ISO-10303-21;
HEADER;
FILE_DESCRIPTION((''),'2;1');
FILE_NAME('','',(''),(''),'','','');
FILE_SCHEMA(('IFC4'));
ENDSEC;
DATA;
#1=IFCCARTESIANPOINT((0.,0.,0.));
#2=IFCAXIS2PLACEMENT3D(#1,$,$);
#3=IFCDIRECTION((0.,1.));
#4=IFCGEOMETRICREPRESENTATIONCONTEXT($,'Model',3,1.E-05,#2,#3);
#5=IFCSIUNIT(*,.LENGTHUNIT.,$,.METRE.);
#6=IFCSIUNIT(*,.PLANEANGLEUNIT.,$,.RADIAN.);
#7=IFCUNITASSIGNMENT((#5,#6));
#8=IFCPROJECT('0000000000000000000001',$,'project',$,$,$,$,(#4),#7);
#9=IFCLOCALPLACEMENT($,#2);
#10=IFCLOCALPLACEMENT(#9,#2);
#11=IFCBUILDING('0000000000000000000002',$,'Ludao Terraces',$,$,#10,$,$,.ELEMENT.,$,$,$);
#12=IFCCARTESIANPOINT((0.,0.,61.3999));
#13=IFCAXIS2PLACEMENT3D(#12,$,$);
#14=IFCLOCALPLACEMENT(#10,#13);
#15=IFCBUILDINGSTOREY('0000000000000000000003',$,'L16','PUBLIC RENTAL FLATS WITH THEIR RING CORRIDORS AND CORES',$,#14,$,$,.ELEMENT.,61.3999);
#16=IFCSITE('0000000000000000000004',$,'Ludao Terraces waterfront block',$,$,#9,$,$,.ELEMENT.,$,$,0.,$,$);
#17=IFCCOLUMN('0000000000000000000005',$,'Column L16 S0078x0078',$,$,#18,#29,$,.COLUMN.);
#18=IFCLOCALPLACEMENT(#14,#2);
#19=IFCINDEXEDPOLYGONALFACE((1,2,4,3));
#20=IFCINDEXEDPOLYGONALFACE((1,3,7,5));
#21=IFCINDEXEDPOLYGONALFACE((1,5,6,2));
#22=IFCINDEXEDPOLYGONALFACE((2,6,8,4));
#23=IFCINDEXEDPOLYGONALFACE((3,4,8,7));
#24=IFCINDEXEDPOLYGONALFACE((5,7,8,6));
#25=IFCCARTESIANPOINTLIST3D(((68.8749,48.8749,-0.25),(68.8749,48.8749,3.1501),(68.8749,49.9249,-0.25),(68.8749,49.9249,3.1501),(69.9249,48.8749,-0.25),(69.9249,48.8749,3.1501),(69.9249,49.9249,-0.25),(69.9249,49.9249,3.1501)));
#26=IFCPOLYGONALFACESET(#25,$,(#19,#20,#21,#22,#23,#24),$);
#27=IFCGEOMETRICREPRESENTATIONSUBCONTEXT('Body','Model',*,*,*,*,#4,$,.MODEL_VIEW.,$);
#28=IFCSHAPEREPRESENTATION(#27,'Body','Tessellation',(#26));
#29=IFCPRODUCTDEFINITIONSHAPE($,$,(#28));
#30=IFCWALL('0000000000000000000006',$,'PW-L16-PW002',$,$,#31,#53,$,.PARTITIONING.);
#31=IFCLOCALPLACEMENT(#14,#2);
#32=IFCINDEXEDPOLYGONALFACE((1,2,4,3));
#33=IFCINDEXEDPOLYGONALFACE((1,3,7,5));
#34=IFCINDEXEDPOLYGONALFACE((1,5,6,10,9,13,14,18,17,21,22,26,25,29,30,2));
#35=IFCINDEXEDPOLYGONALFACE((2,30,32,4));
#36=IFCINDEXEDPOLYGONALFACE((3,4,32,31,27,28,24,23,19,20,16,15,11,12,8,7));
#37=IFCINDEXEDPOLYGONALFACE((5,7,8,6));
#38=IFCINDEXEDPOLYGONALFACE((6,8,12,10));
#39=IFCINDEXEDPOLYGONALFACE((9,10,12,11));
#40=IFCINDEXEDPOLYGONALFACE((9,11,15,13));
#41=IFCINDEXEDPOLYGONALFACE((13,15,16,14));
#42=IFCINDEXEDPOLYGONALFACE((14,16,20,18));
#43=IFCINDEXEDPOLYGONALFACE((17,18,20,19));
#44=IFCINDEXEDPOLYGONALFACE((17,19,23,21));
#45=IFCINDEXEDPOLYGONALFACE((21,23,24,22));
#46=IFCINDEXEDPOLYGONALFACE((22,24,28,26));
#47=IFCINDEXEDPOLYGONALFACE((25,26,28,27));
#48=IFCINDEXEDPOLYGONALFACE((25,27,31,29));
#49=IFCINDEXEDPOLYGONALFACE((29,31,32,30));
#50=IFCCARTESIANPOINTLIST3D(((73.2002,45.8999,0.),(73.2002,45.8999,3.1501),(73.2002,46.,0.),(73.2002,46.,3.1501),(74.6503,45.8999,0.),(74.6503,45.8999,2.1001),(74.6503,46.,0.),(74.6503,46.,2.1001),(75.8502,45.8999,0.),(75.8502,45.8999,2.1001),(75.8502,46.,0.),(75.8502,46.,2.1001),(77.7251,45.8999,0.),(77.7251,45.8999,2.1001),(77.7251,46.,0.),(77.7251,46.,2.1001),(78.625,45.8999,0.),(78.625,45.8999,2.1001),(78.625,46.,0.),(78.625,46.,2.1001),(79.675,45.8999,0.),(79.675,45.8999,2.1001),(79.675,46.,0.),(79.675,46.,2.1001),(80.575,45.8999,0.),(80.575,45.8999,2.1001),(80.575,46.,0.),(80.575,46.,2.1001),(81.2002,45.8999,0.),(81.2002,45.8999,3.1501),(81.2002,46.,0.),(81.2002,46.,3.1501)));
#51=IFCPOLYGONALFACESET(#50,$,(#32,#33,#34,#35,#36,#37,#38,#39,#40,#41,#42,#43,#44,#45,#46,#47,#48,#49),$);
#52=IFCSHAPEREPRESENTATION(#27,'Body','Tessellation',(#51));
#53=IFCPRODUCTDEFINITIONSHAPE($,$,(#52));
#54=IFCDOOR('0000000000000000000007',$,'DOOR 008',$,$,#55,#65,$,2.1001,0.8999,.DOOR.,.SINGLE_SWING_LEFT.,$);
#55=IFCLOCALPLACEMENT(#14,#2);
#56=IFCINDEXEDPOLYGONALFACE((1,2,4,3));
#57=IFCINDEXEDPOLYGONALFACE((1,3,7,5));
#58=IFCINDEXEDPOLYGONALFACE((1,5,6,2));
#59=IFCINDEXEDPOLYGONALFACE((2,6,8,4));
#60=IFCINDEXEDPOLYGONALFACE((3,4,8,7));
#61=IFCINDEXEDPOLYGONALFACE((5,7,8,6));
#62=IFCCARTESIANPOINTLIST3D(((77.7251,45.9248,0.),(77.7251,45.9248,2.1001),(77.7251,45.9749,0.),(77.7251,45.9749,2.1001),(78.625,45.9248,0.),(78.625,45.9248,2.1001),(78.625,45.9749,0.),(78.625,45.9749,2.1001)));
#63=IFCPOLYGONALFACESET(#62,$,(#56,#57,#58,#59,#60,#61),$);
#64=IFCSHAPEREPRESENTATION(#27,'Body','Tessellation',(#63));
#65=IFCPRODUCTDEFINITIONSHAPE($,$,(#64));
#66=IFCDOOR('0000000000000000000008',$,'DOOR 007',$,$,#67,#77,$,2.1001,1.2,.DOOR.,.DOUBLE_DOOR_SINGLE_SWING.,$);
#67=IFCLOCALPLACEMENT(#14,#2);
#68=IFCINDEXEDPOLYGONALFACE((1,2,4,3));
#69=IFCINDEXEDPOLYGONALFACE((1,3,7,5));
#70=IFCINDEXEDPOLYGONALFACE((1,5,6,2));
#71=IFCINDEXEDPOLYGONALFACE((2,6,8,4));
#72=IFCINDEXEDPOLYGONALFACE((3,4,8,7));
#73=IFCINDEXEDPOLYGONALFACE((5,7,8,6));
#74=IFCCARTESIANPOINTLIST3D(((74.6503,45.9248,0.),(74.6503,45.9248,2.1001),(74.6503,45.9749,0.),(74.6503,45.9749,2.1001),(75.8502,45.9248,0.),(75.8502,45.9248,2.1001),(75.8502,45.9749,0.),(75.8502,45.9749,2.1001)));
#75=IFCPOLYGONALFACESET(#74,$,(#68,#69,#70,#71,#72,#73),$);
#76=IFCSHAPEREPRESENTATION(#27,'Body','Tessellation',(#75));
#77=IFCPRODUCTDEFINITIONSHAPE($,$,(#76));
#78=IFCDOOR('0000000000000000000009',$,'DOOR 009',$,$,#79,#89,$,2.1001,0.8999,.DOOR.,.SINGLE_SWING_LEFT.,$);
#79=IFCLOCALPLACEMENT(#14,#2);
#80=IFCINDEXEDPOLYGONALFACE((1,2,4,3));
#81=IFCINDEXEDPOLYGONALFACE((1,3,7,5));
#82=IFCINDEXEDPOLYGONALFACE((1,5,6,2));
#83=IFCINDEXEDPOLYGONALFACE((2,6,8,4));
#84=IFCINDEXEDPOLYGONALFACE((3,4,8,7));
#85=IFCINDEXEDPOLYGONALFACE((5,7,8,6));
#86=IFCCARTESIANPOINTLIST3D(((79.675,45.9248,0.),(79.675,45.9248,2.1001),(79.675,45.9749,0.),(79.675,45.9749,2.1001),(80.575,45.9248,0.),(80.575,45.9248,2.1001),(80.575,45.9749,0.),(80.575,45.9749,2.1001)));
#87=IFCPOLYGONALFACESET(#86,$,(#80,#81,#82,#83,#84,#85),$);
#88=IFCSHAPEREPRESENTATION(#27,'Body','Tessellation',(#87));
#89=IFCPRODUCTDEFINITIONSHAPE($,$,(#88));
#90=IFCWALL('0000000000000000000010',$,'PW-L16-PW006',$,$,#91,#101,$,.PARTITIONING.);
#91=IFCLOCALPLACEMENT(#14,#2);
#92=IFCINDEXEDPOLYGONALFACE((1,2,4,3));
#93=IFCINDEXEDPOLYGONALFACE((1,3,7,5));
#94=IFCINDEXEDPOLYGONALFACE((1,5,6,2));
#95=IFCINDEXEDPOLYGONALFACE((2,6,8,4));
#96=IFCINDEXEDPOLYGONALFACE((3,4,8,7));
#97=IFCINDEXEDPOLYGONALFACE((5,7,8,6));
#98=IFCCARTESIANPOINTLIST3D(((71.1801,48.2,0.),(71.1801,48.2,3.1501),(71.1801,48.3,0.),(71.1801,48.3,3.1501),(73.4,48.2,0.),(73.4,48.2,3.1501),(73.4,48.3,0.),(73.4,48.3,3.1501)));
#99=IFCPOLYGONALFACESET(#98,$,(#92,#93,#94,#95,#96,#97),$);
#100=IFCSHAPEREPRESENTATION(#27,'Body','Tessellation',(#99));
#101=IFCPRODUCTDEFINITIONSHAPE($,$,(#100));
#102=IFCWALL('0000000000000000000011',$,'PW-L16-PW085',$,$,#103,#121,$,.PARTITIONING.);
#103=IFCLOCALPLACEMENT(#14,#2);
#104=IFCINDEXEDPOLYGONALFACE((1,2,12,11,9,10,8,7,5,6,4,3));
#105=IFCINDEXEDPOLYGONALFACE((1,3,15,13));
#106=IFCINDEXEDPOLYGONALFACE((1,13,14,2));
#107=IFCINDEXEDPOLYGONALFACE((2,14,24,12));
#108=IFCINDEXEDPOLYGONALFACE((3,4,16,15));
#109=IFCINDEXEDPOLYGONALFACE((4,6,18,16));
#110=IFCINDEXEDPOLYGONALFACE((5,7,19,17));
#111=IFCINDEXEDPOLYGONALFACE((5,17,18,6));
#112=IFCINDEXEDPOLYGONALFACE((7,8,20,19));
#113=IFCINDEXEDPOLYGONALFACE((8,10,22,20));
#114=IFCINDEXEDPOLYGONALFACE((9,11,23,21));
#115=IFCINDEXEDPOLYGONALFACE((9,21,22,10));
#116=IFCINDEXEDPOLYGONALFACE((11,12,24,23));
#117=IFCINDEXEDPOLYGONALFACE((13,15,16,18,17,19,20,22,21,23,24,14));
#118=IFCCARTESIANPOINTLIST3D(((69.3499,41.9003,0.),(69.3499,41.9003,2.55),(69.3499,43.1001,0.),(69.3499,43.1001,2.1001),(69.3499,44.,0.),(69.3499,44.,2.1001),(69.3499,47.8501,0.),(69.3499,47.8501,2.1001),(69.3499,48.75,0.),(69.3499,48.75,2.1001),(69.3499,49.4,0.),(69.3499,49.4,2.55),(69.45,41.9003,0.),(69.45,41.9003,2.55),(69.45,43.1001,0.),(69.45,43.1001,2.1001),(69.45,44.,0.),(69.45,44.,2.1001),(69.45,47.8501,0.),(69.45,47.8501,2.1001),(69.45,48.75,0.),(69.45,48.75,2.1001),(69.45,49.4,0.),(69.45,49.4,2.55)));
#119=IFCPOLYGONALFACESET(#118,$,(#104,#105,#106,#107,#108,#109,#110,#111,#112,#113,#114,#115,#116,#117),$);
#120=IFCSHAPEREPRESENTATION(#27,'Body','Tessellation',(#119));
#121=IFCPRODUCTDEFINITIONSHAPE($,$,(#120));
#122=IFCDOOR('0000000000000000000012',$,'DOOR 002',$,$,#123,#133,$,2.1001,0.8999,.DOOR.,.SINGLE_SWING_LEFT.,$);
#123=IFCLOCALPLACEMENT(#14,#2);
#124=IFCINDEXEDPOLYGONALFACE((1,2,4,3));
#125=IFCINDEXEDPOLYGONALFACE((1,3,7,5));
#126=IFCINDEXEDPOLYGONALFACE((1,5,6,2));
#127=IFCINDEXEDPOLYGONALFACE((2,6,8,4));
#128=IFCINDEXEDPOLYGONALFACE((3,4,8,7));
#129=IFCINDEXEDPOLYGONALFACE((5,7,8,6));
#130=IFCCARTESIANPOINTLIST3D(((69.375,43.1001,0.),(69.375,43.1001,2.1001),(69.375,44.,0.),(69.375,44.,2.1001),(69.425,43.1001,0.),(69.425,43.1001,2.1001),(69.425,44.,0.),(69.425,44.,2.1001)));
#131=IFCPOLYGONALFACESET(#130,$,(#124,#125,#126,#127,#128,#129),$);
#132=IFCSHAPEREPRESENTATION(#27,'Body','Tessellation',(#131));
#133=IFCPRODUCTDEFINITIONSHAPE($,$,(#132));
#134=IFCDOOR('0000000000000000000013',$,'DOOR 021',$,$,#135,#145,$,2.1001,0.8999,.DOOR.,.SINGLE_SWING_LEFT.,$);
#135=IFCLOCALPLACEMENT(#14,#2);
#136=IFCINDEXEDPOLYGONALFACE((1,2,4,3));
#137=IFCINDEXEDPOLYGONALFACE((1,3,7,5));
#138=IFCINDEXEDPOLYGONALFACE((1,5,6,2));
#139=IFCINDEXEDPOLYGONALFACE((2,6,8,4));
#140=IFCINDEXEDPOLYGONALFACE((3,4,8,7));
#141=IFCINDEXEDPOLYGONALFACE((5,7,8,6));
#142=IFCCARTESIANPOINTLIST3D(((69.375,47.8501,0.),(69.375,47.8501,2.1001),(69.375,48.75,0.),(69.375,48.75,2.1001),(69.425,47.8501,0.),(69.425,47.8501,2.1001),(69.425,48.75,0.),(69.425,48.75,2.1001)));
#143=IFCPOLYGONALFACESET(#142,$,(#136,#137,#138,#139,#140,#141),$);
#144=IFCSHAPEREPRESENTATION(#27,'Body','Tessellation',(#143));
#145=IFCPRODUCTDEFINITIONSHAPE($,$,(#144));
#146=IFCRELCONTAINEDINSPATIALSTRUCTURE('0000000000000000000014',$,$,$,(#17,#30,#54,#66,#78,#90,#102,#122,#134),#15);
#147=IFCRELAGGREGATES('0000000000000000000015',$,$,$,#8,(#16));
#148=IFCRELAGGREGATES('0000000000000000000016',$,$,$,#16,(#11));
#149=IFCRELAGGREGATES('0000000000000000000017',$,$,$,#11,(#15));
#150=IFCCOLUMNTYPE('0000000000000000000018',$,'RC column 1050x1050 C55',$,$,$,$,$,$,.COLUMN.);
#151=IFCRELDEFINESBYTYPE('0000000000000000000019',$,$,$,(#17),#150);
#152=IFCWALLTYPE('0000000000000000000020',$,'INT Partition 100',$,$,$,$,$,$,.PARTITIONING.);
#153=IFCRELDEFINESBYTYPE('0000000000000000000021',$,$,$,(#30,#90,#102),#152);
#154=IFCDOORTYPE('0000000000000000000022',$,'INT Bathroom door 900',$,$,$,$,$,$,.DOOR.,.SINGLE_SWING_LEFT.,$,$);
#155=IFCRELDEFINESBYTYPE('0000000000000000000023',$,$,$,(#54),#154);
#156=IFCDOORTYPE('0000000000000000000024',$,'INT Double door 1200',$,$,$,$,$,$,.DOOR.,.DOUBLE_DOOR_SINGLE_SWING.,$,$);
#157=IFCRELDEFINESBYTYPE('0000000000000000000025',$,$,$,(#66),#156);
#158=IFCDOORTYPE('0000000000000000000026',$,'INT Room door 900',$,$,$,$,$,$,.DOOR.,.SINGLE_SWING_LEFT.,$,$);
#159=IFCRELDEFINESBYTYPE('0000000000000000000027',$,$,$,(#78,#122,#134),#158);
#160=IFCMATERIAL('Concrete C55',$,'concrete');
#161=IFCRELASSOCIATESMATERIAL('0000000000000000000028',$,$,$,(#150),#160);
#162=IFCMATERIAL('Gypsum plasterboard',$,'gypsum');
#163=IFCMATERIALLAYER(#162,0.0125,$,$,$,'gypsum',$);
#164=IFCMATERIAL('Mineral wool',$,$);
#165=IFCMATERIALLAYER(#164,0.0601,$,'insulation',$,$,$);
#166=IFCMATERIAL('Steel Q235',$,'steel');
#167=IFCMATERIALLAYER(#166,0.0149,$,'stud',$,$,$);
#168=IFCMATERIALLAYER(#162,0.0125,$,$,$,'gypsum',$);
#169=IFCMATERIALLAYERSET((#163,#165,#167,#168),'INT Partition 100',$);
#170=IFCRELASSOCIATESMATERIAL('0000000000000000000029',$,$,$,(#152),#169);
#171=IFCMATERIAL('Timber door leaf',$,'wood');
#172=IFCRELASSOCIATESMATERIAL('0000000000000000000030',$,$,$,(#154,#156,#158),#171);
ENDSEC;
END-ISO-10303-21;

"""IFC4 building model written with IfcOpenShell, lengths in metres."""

from ifc_helpers import new_model, si_unit, direction, frame, frame_2d, origin, origin_2d, place, context, subcontext, project, spatial, rectangle, extrude, material, layer, layer_set, material_profile, profile_set, type_object, element, fill, save


model = new_model("IFC4")

# Units and contexts
model_context = context("Model", 3, precision=1e-05, world=origin(), true_north=direction((0.0, 1.0)))
body_context = subcontext(model_context, "Body", "Model", "MODEL_VIEW")
ifc_project = project(units=[si_unit("LENGTHUNIT", "METRE"), si_unit("PLANEANGLEUNIT", "RADIAN")], contexts=[model_context])

# Site, building, storey
site_placement = place(None, origin())
site = spatial("IfcSite", under=ifc_project, at=site_placement, Name="Ludao Terraces waterfront block", CompositionType="ELEMENT", RefElevation=0.0)
building_placement = place(site_placement, origin())
building = spatial("IfcBuilding", under=site, at=building_placement, Name="Ludao Terraces", CompositionType="ELEMENT")
storey_placement = place(building_placement, frame((0.0, 0.0, 61.3999)))
storey = spatial("IfcBuildingStorey", under=building, at=storey_placement, Name="L16", Description="PUBLIC RENTAL FLATS WITH THEIR RING CORRIDORS AND CORES", CompositionType="ELEMENT", Elevation=61.3999)

# Column
ifc_material_1 = material(Name="Concrete C55", Category="concrete")
ifc_material_profile = material_profile(ifc_material_1, rectangle(XDim=1.05, YDim=1.05, at=origin_2d()), Name="1050 X 1050")
ifc_profile_set = profile_set([ifc_material_profile], Name="Concrete C55")
column_type = type_object("IfcColumnType", Name="RC column 1050x1050 C55", PredefinedType="COLUMN", material=ifc_profile_set)
column_placement = place(storey_placement, frame((69.3999, 49.3999, -0.25), z_axis=(0.0, 0.0, 1.0), x_axis=(1.0, 0.0, 0.0)))
element("IfcColumn", 1, at=column_placement, inside=storey, type_object=column_type, Name="Column L16 S0078x0078", PredefinedType="COLUMN", context=body_context, shape_type="SweptSolid", body=[
    extrude(rectangle(XDim=1.05, YDim=1.05, at=origin_2d()), origin(), (0.0, 0.0, 1.0), 3.4001),
])

# Shared definitions
ifc_material_2 = material(Name="Mineral wool")

# Wall, openings, doors
ifc_material_3 = material(Name="Gypsum plasterboard", Category="gypsum")
ifc_layer_1 = layer(ifc_material_3, 0.0125, Category="gypsum")
ifc_layer_2 = layer(ifc_material_2, 0.0601, Name="insulation")
ifc_material_4 = material(Name="Steel Q235", Category="steel")
ifc_layer_3 = layer(ifc_material_4, 0.0149, Name="stud")
ifc_layer_4 = layer(ifc_material_3, 0.0125, Category="gypsum")
ifc_layer_set_1 = layer_set([ifc_layer_1, ifc_layer_2, ifc_layer_3, ifc_layer_4], Name="INT Partition 100")
wall_type_1 = type_object("IfcWallType", Name="INT Partition 100", PredefinedType="PARTITIONING", material=ifc_layer_set_1)
wall_1_placement = place(storey_placement, frame((73.2002, 45.95, 0.0), z_axis=(0.0, 0.0, 1.0), x_axis=(1.0, 0.0, 0.0)))
wall_1 = element("IfcWall", 2, at=wall_1_placement, inside=storey, type_object=wall_type_1, Name="PW-L16-PW002", PredefinedType="PARTITIONING", context=body_context, shape_type="SweptSolid", body=[
    extrude(rectangle(XDim=8.0, YDim=0.1001, at=frame_2d((4.0, 0.0))), origin(), (0.0, 0.0, 1.0), 3.1501),
])
opening_1_placement = place(wall_1_placement, frame((1.45, 0.0, 0.0)))
opening_1 = element("IfcOpeningElement", 3, at=opening_1_placement, cuts=wall_1, PredefinedType="OPENING", context=body_context, shape_type="SweptSolid", body=[
    extrude(rectangle(XDim=1.2, YDim=2.1001, at=frame_2d((0.6001, 1.05))), frame((0.0, 0.0601, 0.0), z_axis=(0.0, -1.0, 0.0), x_axis=(1.0, 0.0, 0.0)), (0.0, 0.0, 1.0), 0.1201),
])
opening_2_placement = place(wall_1_placement, frame((4.5249, 0.0, 0.0)))
opening_2 = element("IfcOpeningElement", 4, at=opening_2_placement, cuts=wall_1, PredefinedType="OPENING", context=body_context, shape_type="SweptSolid", body=[
    extrude(rectangle(XDim=0.8999, YDim=2.1001, at=frame_2d((0.45, 1.05))), frame((0.0, 0.0601, 0.0), z_axis=(0.0, -1.0, 0.0), x_axis=(1.0, 0.0, 0.0)), (0.0, 0.0, 1.0), 0.1201),
])
opening_3_placement = place(wall_1_placement, frame((6.4749, 0.0, 0.0)))
opening_3 = element("IfcOpeningElement", 5, at=opening_3_placement, cuts=wall_1, PredefinedType="OPENING", context=body_context, shape_type="SweptSolid", body=[
    extrude(rectangle(XDim=0.8999, YDim=2.1001, at=frame_2d((0.45, 1.05))), frame((0.0, 0.0601, 0.0), z_axis=(0.0, -1.0, 0.0), x_axis=(1.0, 0.0, 0.0)), (0.0, 0.0, 1.0), 0.1201),
])
ifc_material_5 = material(Name="Timber door leaf", Category="wood")
door_type_1 = type_object("IfcDoorType", Name="INT Bathroom door 900", OperationType="SINGLE_SWING_LEFT", PredefinedType="DOOR", material=ifc_material_5)
door_1_placement = place(opening_2_placement, origin())
door_1 = element("IfcDoor", 6, at=door_1_placement, inside=storey, type_object=door_type_1, Name="DOOR 008", OperationType="SINGLE_SWING_LEFT", OverallHeight=2.1001, OverallWidth=0.8999, PredefinedType="DOOR", context=body_context, shape_type="SweptSolid", body=[
    extrude(rectangle(XDim=0.8999, YDim=2.1001, at=frame_2d((0.45, 1.05))), frame((0.0, 0.0249, 0.0), z_axis=(0.0, -1.0, 0.0), x_axis=(1.0, 0.0, 0.0)), (0.0, 0.0, 1.0), 0.05),
])
fill(opening_2, door_1)
door_type_2 = type_object("IfcDoorType", Name="INT Double door 1200", OperationType="DOUBLE_DOOR_SINGLE_SWING", PredefinedType="DOOR", material=ifc_material_5)
door_2_placement = place(opening_1_placement, origin())
door_2 = element("IfcDoor", 7, at=door_2_placement, inside=storey, type_object=door_type_2, Name="DOOR 007", OperationType="DOUBLE_DOOR_SINGLE_SWING", OverallHeight=2.1001, OverallWidth=1.2, PredefinedType="DOOR", context=body_context, shape_type="SweptSolid", body=[
    extrude(rectangle(XDim=1.2, YDim=2.1001, at=frame_2d((0.6001, 1.05))), frame((0.0, 0.0249, 0.0), z_axis=(0.0, -1.0, 0.0), x_axis=(1.0, 0.0, 0.0)), (0.0, 0.0, 1.0), 0.05),
])
fill(opening_1, door_2)
door_type_3 = type_object("IfcDoorType", Name="INT Room door 900", OperationType="SINGLE_SWING_LEFT", PredefinedType="DOOR", material=ifc_material_5)
door_3_placement = place(opening_3_placement, origin())
door_3 = element("IfcDoor", 8, at=door_3_placement, inside=storey, type_object=door_type_3, Name="DOOR 009", OperationType="SINGLE_SWING_LEFT", OverallHeight=2.1001, OverallWidth=0.8999, PredefinedType="DOOR", context=body_context, shape_type="SweptSolid", body=[
    extrude(rectangle(XDim=0.8999, YDim=2.1001, at=frame_2d((0.45, 1.05))), frame((0.0, 0.0249, 0.0), z_axis=(0.0, -1.0, 0.0), x_axis=(1.0, 0.0, 0.0)), (0.0, 0.0, 1.0), 0.05),
])
fill(opening_3, door_3)

# Wall
wall_2_placement = place(storey_placement, frame((71.1802, 48.25, 0.0), z_axis=(0.0, 0.0, 1.0), x_axis=(1.0, 0.0, 0.0)))
element("IfcWall", 9, at=wall_2_placement, inside=storey, type_object=wall_type_1, Name="PW-L16-PW006", PredefinedType="PARTITIONING", context=body_context, shape_type="SweptSolid", body=[
    extrude(rectangle(XDim=2.22, YDim=0.1001, at=frame_2d((1.1099, 0.0))), origin(), (0.0, 0.0, 1.0), 3.1501),
])

# Wall, openings, doors
wall_3_placement = place(storey_placement, frame((69.3999, 41.9001, 0.0), z_axis=(0.0, 0.0, 1.0), x_axis=(0.0, 1.0, 0.0)))
wall_3 = element("IfcWall", 10, at=wall_3_placement, inside=storey, type_object=wall_type_1, Name="PW-L16-PW085", PredefinedType="PARTITIONING", context=body_context, shape_type="SweptSolid", body=[
    extrude(rectangle(XDim=7.4998, YDim=0.1001, at=frame_2d((3.75, 0.0))), origin(), (0.0, 0.0, 1.0), 2.55),
])
opening_4_placement = place(wall_3_placement, frame((1.2, 0.0, 0.0)))
opening_4 = element("IfcOpeningElement", 11, at=opening_4_placement, cuts=wall_3, PredefinedType="OPENING", context=body_context, shape_type="SweptSolid", body=[
    extrude(rectangle(XDim=0.8999, YDim=2.1001, at=frame_2d((0.45, 1.05))), frame((0.0, 0.0601, 0.0), z_axis=(0.0, -1.0, 0.0), x_axis=(1.0, 0.0, 0.0)), (0.0, 0.0, 1.0), 0.1201),
])
opening_5_placement = place(wall_3_placement, frame((5.95, 0.0, 0.0)))
opening_5 = element("IfcOpeningElement", 12, at=opening_5_placement, cuts=wall_3, PredefinedType="OPENING", context=body_context, shape_type="SweptSolid", body=[
    extrude(rectangle(XDim=0.8999, YDim=2.1001, at=frame_2d((0.45, 1.05))), frame((0.0, 0.0601, 0.0), z_axis=(0.0, -1.0, 0.0), x_axis=(1.0, 0.0, 0.0)), (0.0, 0.0, 1.0), 0.1201),
])
door_4_placement = place(opening_4_placement, origin())
door_4 = element("IfcDoor", 13, at=door_4_placement, inside=storey, type_object=door_type_3, Name="DOOR 002", OperationType="SINGLE_SWING_LEFT", OverallHeight=2.1001, OverallWidth=0.8999, PredefinedType="DOOR", context=body_context, shape_type="SweptSolid", body=[
    extrude(rectangle(XDim=0.8999, YDim=2.1001, at=frame_2d((0.45, 1.05))), frame((0.0, 0.0249, 0.0), z_axis=(0.0, -1.0, 0.0), x_axis=(1.0, 0.0, 0.0)), (0.0, 0.0, 1.0), 0.05),
])
fill(opening_4, door_4)
door_5_placement = place(opening_5_placement, origin())
door_5 = element("IfcDoor", 14, at=door_5_placement, inside=storey, type_object=door_type_3, Name="DOOR 021", OperationType="SINGLE_SWING_LEFT", OverallHeight=2.1001, OverallWidth=0.8999, PredefinedType="DOOR", context=body_context, shape_type="SweptSolid", body=[
    extrude(rectangle(XDim=0.8999, YDim=2.1001, at=frame_2d((0.45, 1.05))), frame((0.0, 0.0249, 0.0), z_axis=(0.0, -1.0, 0.0), x_axis=(1.0, 0.0, 0.0)), (0.0, 0.0, 1.0), 0.05),
])
fill(opening_5, door_5)

save(model, "model.ifc")
